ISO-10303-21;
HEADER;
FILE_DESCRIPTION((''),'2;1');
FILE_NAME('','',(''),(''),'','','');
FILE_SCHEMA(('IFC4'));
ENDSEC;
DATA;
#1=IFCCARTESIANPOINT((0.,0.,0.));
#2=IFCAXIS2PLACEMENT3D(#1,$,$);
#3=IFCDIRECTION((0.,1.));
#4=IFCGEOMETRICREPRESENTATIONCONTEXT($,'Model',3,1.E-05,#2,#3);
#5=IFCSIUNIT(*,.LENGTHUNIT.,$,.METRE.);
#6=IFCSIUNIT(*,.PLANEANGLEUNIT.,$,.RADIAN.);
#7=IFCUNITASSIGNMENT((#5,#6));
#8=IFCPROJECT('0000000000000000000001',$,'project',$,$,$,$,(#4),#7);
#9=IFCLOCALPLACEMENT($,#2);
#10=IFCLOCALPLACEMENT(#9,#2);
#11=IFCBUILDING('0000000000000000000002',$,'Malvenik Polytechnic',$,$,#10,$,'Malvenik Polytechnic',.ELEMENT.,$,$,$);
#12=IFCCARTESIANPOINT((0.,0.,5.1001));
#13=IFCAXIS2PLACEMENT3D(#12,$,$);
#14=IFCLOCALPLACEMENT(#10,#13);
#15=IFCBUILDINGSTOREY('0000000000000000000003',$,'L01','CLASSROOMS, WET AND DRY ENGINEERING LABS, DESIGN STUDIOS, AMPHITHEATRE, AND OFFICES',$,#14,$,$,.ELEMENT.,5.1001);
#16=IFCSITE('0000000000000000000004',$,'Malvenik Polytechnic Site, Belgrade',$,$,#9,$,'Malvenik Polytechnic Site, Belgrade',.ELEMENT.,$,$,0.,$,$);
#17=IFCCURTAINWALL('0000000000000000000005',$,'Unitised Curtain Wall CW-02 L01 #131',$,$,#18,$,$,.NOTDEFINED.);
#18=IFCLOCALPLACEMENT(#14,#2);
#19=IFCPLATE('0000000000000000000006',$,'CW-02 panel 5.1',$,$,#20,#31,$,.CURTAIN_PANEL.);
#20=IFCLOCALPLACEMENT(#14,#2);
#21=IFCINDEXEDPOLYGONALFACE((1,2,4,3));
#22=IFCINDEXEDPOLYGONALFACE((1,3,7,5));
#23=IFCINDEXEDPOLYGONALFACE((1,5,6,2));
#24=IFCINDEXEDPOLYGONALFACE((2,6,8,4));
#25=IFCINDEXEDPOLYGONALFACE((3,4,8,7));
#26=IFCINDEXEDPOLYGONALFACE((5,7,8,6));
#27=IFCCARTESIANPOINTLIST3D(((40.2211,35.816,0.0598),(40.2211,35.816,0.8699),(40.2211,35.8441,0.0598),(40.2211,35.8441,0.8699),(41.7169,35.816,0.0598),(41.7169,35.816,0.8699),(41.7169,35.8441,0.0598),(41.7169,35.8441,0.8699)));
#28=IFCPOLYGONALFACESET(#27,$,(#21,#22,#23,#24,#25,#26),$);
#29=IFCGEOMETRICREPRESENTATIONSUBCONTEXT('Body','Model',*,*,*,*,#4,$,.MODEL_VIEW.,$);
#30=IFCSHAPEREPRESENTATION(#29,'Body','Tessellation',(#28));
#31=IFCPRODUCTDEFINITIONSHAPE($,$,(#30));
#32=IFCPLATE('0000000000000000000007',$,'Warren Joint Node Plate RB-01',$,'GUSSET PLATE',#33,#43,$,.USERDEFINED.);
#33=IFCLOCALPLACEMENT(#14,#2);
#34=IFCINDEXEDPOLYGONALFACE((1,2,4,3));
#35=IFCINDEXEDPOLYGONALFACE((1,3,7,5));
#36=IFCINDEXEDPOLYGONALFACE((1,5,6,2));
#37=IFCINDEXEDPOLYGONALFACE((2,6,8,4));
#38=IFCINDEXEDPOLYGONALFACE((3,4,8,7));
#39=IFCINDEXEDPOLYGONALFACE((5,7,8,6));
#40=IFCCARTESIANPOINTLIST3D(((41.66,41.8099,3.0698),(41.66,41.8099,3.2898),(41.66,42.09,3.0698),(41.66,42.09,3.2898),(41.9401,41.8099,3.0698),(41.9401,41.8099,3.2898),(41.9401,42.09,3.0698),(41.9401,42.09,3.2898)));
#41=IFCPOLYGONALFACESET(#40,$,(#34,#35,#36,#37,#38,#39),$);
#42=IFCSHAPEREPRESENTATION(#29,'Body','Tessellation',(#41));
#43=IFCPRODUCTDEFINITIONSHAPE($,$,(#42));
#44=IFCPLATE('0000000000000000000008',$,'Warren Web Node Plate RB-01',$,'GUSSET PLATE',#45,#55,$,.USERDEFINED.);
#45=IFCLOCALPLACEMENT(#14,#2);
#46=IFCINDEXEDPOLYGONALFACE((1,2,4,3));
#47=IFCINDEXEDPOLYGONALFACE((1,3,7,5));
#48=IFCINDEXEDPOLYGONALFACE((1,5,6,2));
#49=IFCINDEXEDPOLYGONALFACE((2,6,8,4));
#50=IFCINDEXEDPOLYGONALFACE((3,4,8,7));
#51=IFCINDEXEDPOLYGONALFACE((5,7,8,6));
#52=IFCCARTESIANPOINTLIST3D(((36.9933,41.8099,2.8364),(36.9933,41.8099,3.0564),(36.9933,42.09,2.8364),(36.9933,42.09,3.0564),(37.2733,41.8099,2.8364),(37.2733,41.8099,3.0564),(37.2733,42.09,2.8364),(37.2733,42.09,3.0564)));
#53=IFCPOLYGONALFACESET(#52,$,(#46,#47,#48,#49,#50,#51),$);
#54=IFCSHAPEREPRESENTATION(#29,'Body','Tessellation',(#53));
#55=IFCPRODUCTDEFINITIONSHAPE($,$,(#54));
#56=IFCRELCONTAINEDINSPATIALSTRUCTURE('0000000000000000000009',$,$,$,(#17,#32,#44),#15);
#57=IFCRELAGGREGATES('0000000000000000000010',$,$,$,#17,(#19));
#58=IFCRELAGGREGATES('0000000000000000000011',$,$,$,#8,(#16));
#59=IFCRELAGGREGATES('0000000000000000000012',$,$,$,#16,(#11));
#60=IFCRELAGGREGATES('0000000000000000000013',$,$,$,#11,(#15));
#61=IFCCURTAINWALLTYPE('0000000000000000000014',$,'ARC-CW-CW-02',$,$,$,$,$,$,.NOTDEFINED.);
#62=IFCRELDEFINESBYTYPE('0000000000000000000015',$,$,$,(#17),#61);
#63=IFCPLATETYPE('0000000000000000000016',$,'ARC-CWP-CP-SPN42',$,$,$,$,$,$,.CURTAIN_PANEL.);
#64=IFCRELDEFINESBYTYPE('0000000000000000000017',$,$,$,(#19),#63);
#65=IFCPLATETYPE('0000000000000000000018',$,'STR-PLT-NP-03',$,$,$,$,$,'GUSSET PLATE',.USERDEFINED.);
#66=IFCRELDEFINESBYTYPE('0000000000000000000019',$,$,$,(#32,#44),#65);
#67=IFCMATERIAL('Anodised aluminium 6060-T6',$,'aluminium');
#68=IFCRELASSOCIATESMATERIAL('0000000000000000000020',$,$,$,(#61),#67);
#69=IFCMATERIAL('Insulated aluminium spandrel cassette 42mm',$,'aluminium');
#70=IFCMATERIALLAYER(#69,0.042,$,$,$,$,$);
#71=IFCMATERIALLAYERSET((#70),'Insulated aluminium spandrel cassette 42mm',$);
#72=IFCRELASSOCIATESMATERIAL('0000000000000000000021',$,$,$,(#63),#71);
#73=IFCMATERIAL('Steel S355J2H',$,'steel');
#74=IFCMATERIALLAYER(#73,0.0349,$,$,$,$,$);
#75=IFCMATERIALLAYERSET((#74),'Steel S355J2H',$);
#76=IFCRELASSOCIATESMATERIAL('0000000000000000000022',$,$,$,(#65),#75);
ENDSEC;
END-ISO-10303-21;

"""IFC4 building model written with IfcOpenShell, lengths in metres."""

from ifc_helpers import new_model, si_unit, direction, frame, origin, origin_2d, place, context, subcontext, project, spatial, rectangle, extrude, material, layer, layer_set, type_object, element, aggregate, save


model = new_model("IFC4")

# Units and contexts
model_context = context("Model", 3, precision=1e-05, world=origin(), true_north=direction((0.0, 1.0)))
body_context = subcontext(model_context, "Body", "Model", "MODEL_VIEW")
ifc_project = project(units=[si_unit("LENGTHUNIT", "METRE"), si_unit("PLANEANGLEUNIT", "RADIAN")], contexts=[model_context])

# Site, building, storey
site_placement = place(None, origin())
site = spatial("IfcSite", under=ifc_project, at=site_placement, Name="Malvenik Polytechnic Site, Belgrade", LongName="Malvenik Polytechnic Site, Belgrade", CompositionType="ELEMENT", RefElevation=0.0)
building_placement = place(site_placement, origin())
building = spatial("IfcBuilding", under=site, at=building_placement, Name="Malvenik Polytechnic", LongName="Malvenik Polytechnic", CompositionType="ELEMENT")
storey_placement = place(building_placement, frame((0.0, 0.0, 5.1001)))
storey = spatial("IfcBuildingStorey", under=building, at=storey_placement, Name="L01", Description="CLASSROOMS, WET AND DRY ENGINEERING LABS, DESIGN STUDIOS, AMPHITHEATRE, AND OFFICES", CompositionType="ELEMENT", Elevation=5.1001)

# Curtain wall
ifc_material_1 = material(Name="Anodised aluminium 6060-T6", Category="aluminium")
curtain_wall_type = type_object("IfcCurtainWallType", Name="ARC-CW-CW-02", PredefinedType="NOTDEFINED", material=ifc_material_1)
curtain_wall_1_placement = place(storey_placement, origin())
curtain_wall_1 = element("IfcCurtainWall", 1, at=curtain_wall_1_placement, inside=storey, type_object=curtain_wall_type, Name="Unitised Curtain Wall CW-02 L01 #131", PredefinedType="NOTDEFINED")

# Shared definitions
ifc_material_2 = material(Name="Steel S355J2H", Category="steel")

# Plate
ifc_material_3 = material(Name="Insulated aluminium spandrel cassette 42mm", Category="aluminium")
ifc_layer_1 = layer(ifc_material_3, 0.042)
ifc_layer_set_1 = layer_set([ifc_layer_1], Name="Insulated aluminium spandrel cassette 42mm")
plate_type_1 = type_object("IfcPlateType", Name="ARC-CWP-CP-SPN42", PredefinedType="CURTAIN_PANEL", material=ifc_layer_set_1)
plate_1_placement = place(storey_placement, frame((40.969, 35.8301, 0.0598), z_axis=(0.0, 0.0, 1.0), x_axis=(1.0, 0.0, 0.0)))
plate_1 = element("IfcPlate", 2, at=plate_1_placement, type_object=plate_type_1, Name="CW-02 panel 5.1", PredefinedType="CURTAIN_PANEL", context=body_context, shape_type="SweptSolid", body=[
    extrude(rectangle(XDim=1.4958, YDim=0.0281, at=origin_2d()), origin(), (0.0, 0.0, 1.0), 0.8101),
])
aggregate(curtain_wall_1, [plate_1])

# Plates
ifc_layer_2 = layer(ifc_material_2, 0.0349)
ifc_layer_set_2 = layer_set([ifc_layer_2], Name="Steel S355J2H")
plate_type_2 = type_object("IfcPlateType", Name="STR-PLT-NP-03", ElementType="GUSSET PLATE", PredefinedType="USERDEFINED", material=ifc_layer_set_2)
for number, where, z_axis, x_axis, name in (
    (3, (41.8, 41.95, 3.0698), (0.0, 0.0, 1.0), (1.0, 0.0, 0.0), "Warren Joint Node Plate RB-01"),
    (4, (37.1333, 41.95, 2.8364), (0.0, 0.0, 1.0), (1.0, 0.0, 0.0), "Warren Web Node Plate RB-01"),
):
    element("IfcPlate", number, at=place(storey_placement, frame(where, z_axis=z_axis, x_axis=x_axis)), inside=storey, type_object=plate_type_2, Name=name, ObjectType="GUSSET PLATE", PredefinedType="USERDEFINED", context=body_context, shape_type="SweptSolid", body=[
        extrude(rectangle(XDim=0.28, YDim=0.28, at=origin_2d()), origin(), (0.0, 0.0, 1.0), 0.22),
    ])

save(model, "model.ifc")
